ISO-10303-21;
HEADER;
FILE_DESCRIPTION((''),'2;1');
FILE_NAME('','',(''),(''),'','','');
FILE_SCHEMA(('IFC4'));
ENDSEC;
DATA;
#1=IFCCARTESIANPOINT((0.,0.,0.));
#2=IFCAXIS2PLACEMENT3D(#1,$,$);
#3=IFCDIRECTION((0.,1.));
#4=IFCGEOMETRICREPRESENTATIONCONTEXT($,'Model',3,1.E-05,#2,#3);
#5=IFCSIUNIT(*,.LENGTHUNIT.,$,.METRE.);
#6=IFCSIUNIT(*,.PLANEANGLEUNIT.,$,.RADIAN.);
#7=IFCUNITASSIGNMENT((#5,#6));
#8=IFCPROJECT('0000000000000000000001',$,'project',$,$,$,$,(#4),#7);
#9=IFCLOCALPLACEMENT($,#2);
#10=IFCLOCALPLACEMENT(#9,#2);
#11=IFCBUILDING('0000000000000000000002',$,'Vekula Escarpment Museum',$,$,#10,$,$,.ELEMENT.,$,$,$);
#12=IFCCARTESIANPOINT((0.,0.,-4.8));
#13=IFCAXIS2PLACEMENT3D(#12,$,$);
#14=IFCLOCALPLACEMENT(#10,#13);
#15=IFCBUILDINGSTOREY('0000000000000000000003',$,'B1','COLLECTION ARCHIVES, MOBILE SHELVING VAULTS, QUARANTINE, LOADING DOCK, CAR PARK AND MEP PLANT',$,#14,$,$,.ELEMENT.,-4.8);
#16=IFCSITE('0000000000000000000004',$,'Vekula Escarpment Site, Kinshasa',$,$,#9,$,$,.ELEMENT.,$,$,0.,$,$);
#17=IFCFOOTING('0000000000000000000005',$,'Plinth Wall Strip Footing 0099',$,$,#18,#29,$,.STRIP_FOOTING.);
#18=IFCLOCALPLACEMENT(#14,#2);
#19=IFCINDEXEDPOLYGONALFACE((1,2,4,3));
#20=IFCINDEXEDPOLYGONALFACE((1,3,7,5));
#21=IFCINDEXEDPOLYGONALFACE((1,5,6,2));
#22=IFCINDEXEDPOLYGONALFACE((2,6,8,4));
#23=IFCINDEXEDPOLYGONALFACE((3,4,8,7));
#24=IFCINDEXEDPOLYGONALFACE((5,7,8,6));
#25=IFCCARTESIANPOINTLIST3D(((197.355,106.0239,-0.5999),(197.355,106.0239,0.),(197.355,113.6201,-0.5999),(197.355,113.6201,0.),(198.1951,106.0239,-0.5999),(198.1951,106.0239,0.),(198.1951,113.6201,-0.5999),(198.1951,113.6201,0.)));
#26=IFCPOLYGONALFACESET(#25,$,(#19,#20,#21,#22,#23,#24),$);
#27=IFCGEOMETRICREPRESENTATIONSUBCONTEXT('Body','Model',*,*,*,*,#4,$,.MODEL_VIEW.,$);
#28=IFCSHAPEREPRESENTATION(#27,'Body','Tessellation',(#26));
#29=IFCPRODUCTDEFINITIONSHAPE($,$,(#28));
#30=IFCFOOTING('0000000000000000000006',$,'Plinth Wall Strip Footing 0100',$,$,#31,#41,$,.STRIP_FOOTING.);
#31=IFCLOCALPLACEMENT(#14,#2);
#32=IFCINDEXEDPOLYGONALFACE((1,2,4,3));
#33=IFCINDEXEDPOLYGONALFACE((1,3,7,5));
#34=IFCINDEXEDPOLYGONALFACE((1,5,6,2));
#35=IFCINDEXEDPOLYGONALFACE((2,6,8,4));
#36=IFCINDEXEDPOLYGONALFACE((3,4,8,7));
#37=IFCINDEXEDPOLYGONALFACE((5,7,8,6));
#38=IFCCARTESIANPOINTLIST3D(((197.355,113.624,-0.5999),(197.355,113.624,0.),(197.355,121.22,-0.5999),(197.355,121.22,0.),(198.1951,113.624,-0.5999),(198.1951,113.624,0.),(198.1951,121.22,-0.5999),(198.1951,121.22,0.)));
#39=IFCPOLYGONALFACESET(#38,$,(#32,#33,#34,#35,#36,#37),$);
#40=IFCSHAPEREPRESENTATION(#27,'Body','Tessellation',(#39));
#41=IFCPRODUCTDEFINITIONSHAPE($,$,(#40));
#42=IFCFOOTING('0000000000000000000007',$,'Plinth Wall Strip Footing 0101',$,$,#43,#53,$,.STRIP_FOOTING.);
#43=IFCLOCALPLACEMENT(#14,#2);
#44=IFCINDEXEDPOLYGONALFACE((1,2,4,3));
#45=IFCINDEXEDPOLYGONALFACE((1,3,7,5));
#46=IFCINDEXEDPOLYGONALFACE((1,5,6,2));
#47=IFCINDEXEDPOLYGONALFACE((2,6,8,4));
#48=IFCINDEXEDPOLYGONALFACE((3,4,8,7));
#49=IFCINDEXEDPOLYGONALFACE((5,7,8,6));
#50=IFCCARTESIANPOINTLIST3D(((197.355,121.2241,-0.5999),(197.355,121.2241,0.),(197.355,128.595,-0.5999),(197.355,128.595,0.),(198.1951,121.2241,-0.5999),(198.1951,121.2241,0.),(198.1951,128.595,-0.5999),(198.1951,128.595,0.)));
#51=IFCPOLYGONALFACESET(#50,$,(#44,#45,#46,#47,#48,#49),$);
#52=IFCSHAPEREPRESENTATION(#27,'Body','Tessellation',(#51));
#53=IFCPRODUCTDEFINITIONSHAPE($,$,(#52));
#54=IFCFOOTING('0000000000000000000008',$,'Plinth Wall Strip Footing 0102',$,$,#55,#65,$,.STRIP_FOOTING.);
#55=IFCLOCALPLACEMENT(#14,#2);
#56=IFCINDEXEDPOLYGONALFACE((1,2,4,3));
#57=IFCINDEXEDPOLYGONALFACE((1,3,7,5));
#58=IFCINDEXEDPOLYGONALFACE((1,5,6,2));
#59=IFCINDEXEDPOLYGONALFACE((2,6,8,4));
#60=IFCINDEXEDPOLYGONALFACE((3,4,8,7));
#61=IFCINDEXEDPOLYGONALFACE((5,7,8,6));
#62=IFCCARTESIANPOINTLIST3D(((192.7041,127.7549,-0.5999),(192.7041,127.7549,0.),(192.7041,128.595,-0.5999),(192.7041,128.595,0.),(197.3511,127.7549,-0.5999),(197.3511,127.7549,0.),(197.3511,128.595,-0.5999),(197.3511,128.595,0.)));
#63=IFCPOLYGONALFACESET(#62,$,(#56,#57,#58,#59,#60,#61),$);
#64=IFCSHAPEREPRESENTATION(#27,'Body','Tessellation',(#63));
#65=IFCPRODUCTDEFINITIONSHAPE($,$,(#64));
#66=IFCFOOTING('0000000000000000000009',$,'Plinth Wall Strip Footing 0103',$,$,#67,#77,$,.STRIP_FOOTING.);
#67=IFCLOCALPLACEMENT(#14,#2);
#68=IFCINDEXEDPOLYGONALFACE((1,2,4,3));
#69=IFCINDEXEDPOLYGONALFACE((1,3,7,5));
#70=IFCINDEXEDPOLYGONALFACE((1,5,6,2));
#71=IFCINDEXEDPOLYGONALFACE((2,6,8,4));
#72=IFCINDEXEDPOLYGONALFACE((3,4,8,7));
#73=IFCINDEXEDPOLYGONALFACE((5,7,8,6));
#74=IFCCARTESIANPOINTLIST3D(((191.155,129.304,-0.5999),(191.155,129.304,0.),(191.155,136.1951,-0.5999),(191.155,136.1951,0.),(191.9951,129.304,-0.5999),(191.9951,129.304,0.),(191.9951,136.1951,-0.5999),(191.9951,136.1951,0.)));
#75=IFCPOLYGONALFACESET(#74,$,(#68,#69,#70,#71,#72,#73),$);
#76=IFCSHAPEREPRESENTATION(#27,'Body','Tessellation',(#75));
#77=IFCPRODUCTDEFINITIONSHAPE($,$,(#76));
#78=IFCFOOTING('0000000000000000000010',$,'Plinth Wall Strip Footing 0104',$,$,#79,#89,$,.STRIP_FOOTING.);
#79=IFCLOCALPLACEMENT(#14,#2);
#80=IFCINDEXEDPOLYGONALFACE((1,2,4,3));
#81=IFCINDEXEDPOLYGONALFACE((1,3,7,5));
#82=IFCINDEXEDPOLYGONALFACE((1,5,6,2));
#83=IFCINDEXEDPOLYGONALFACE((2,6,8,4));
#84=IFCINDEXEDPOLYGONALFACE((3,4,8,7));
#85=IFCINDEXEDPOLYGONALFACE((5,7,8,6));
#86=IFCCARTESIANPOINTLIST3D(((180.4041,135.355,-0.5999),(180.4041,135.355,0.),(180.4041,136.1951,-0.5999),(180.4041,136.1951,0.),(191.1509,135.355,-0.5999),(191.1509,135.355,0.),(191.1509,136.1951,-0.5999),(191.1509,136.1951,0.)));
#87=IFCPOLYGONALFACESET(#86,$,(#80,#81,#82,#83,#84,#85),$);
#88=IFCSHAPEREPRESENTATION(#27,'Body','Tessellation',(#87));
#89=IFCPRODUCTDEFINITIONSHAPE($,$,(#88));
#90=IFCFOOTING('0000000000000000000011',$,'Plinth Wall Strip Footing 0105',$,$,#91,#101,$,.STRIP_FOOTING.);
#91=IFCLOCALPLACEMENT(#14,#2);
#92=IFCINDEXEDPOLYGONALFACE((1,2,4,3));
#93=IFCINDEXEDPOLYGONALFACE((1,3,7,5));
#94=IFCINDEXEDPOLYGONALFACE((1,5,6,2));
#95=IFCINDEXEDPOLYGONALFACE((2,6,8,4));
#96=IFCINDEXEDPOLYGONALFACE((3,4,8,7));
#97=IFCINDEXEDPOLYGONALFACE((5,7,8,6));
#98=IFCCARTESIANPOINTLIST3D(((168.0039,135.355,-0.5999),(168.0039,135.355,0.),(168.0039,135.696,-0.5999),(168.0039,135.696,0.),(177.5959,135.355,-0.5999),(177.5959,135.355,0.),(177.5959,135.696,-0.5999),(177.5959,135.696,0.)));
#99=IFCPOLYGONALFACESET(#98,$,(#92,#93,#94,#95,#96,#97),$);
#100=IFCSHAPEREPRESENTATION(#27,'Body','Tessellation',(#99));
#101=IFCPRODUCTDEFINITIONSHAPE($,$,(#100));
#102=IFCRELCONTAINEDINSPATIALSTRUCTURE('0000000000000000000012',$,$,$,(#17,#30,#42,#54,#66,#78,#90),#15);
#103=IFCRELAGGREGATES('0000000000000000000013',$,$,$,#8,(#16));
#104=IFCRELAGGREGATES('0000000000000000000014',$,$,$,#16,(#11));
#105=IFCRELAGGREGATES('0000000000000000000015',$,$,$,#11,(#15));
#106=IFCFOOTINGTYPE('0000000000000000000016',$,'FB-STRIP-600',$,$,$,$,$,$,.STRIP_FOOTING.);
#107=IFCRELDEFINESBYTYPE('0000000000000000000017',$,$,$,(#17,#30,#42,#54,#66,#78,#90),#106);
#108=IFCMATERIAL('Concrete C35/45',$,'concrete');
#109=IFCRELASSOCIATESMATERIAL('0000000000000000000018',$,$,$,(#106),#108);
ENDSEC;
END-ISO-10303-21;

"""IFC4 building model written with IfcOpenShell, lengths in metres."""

from ifc_helpers import new_model, si_unit, direction, frame, origin, place, context, subcontext, project, spatial, polyline, outline, extrude, material, type_object, element, save


model = new_model("IFC4")

# Units and contexts
model_context = context("Model", 3, precision=1e-05, world=origin(), true_north=direction((0.0, 1.0)))
body_context = subcontext(model_context, "Body", "Model", "MODEL_VIEW")
ifc_project = project(units=[si_unit("LENGTHUNIT", "METRE"), si_unit("PLANEANGLEUNIT", "RADIAN")], contexts=[model_context])

# Site, building, storey
site_placement = place(None, origin())
site = spatial("IfcSite", under=ifc_project, at=site_placement, Name="Vekula Escarpment Site, Kinshasa", CompositionType="ELEMENT", RefElevation=0.0)
building_placement = place(site_placement, origin())
building = spatial("IfcBuilding", under=site, at=building_placement, Name="Vekula Escarpment Museum", CompositionType="ELEMENT")
storey_placement = place(building_placement, frame((0.0, 0.0, -4.8)))
storey = spatial("IfcBuildingStorey", under=building, at=storey_placement, Name="B1", Description="COLLECTION ARCHIVES, MOBILE SHELVING VAULTS, QUARANTINE, LOADING DOCK, CAR PARK AND MEP PLANT", CompositionType="ELEMENT", Elevation=-4.8)

# Footings
ifc_material = material(Name="Concrete C35/45", Category="concrete")
footing_type = type_object("IfcFootingType", Name="FB-STRIP-600", PredefinedType="STRIP_FOOTING", material=ifc_material)
footing_1_placement = place(storey_placement, frame((0.0, 0.0, -0.5999)))
element("IfcFooting", 1, at=footing_1_placement, inside=storey, type_object=footing_type, Name="Plinth Wall Strip Footing 0099", PredefinedType="STRIP_FOOTING", context=body_context, shape_type="SweptSolid", body=[
    extrude(outline(polyline([(197.355, 113.6201), (198.1951, 113.6201), (198.1951, 106.0239), (197.355, 106.0239), (197.355, 113.6201)])), origin(), (0.0, 0.0, 1.0), 0.5999),
])
footing_2_placement = place(storey_placement, frame((0.0, 0.0, -0.5999)))
element("IfcFooting", 2, at=footing_2_placement, inside=storey, type_object=footing_type, Name="Plinth Wall Strip Footing 0100", PredefinedType="STRIP_FOOTING", context=body_context, shape_type="SweptSolid", body=[
    extrude(outline(polyline([(197.355, 121.22), (198.1951, 121.22), (198.1951, 113.624), (197.355, 113.624), (197.355, 121.22)])), origin(), (0.0, 0.0, 1.0), 0.5999),
])
footing_3_placement = place(storey_placement, frame((0.0, 0.0, -0.5999)))
element("IfcFooting", 3, at=footing_3_placement, inside=storey, type_object=footing_type, Name="Plinth Wall Strip Footing 0101", PredefinedType="STRIP_FOOTING", context=body_context, shape_type="SweptSolid", body=[
    extrude(outline(polyline([(197.355, 128.595), (198.1951, 128.595), (198.1951, 121.2241), (197.355, 121.2241), (197.355, 128.595)])), origin(), (0.0, 0.0, 1.0), 0.5999),
])
footing_4_placement = place(storey_placement, frame((0.0, 0.0, -0.5999)))
element("IfcFooting", 4, at=footing_4_placement, inside=storey, type_object=footing_type, Name="Plinth Wall Strip Footing 0102", PredefinedType="STRIP_FOOTING", context=body_context, shape_type="SweptSolid", body=[
    extrude(outline(polyline([(192.7041, 127.7549), (192.7041, 128.595), (197.3511, 128.595), (197.3511, 127.7549), (192.7041, 127.7549)])), origin(), (0.0, 0.0, 1.0), 0.5999),
])
footing_5_placement = place(storey_placement, frame((0.0, 0.0, -0.5999)))
element("IfcFooting", 5, at=footing_5_placement, inside=storey, type_object=footing_type, Name="Plinth Wall Strip Footing 0103", PredefinedType="STRIP_FOOTING", context=body_context, shape_type="SweptSolid", body=[
    extrude(outline(polyline([(191.155, 136.1951), (191.9951, 136.1951), (191.9951, 129.304), (191.155, 129.304), (191.155, 136.1951)])), origin(), (0.0, 0.0, 1.0), 0.5999),
])
footing_6_placement = place(storey_placement, frame((0.0, 0.0, -0.5999)))
element("IfcFooting", 6, at=footing_6_placement, inside=storey, type_object=footing_type, Name="Plinth Wall Strip Footing 0104", PredefinedType="STRIP_FOOTING", context=body_context, shape_type="SweptSolid", body=[
    extrude(outline(polyline([(180.4041, 135.355), (180.4041, 136.1951), (191.1509, 136.1951), (191.1509, 135.355), (180.4041, 135.355)])), origin(), (0.0, 0.0, 1.0), 0.5999),
])
footing_7_placement = place(storey_placement, frame((0.0, 0.0, -0.5999)))
element("IfcFooting", 7, at=footing_7_placement, inside=storey, type_object=footing_type, Name="Plinth Wall Strip Footing 0105", PredefinedType="STRIP_FOOTING", context=body_context, shape_type="SweptSolid", body=[
    extrude(outline(polyline([(168.0039, 135.355), (168.0039, 135.696), (177.5959, 135.696), (177.5959, 135.355), (168.0039, 135.355)])), origin(), (0.0, 0.0, 1.0), 0.5999),
])

save(model, "model.ifc")
